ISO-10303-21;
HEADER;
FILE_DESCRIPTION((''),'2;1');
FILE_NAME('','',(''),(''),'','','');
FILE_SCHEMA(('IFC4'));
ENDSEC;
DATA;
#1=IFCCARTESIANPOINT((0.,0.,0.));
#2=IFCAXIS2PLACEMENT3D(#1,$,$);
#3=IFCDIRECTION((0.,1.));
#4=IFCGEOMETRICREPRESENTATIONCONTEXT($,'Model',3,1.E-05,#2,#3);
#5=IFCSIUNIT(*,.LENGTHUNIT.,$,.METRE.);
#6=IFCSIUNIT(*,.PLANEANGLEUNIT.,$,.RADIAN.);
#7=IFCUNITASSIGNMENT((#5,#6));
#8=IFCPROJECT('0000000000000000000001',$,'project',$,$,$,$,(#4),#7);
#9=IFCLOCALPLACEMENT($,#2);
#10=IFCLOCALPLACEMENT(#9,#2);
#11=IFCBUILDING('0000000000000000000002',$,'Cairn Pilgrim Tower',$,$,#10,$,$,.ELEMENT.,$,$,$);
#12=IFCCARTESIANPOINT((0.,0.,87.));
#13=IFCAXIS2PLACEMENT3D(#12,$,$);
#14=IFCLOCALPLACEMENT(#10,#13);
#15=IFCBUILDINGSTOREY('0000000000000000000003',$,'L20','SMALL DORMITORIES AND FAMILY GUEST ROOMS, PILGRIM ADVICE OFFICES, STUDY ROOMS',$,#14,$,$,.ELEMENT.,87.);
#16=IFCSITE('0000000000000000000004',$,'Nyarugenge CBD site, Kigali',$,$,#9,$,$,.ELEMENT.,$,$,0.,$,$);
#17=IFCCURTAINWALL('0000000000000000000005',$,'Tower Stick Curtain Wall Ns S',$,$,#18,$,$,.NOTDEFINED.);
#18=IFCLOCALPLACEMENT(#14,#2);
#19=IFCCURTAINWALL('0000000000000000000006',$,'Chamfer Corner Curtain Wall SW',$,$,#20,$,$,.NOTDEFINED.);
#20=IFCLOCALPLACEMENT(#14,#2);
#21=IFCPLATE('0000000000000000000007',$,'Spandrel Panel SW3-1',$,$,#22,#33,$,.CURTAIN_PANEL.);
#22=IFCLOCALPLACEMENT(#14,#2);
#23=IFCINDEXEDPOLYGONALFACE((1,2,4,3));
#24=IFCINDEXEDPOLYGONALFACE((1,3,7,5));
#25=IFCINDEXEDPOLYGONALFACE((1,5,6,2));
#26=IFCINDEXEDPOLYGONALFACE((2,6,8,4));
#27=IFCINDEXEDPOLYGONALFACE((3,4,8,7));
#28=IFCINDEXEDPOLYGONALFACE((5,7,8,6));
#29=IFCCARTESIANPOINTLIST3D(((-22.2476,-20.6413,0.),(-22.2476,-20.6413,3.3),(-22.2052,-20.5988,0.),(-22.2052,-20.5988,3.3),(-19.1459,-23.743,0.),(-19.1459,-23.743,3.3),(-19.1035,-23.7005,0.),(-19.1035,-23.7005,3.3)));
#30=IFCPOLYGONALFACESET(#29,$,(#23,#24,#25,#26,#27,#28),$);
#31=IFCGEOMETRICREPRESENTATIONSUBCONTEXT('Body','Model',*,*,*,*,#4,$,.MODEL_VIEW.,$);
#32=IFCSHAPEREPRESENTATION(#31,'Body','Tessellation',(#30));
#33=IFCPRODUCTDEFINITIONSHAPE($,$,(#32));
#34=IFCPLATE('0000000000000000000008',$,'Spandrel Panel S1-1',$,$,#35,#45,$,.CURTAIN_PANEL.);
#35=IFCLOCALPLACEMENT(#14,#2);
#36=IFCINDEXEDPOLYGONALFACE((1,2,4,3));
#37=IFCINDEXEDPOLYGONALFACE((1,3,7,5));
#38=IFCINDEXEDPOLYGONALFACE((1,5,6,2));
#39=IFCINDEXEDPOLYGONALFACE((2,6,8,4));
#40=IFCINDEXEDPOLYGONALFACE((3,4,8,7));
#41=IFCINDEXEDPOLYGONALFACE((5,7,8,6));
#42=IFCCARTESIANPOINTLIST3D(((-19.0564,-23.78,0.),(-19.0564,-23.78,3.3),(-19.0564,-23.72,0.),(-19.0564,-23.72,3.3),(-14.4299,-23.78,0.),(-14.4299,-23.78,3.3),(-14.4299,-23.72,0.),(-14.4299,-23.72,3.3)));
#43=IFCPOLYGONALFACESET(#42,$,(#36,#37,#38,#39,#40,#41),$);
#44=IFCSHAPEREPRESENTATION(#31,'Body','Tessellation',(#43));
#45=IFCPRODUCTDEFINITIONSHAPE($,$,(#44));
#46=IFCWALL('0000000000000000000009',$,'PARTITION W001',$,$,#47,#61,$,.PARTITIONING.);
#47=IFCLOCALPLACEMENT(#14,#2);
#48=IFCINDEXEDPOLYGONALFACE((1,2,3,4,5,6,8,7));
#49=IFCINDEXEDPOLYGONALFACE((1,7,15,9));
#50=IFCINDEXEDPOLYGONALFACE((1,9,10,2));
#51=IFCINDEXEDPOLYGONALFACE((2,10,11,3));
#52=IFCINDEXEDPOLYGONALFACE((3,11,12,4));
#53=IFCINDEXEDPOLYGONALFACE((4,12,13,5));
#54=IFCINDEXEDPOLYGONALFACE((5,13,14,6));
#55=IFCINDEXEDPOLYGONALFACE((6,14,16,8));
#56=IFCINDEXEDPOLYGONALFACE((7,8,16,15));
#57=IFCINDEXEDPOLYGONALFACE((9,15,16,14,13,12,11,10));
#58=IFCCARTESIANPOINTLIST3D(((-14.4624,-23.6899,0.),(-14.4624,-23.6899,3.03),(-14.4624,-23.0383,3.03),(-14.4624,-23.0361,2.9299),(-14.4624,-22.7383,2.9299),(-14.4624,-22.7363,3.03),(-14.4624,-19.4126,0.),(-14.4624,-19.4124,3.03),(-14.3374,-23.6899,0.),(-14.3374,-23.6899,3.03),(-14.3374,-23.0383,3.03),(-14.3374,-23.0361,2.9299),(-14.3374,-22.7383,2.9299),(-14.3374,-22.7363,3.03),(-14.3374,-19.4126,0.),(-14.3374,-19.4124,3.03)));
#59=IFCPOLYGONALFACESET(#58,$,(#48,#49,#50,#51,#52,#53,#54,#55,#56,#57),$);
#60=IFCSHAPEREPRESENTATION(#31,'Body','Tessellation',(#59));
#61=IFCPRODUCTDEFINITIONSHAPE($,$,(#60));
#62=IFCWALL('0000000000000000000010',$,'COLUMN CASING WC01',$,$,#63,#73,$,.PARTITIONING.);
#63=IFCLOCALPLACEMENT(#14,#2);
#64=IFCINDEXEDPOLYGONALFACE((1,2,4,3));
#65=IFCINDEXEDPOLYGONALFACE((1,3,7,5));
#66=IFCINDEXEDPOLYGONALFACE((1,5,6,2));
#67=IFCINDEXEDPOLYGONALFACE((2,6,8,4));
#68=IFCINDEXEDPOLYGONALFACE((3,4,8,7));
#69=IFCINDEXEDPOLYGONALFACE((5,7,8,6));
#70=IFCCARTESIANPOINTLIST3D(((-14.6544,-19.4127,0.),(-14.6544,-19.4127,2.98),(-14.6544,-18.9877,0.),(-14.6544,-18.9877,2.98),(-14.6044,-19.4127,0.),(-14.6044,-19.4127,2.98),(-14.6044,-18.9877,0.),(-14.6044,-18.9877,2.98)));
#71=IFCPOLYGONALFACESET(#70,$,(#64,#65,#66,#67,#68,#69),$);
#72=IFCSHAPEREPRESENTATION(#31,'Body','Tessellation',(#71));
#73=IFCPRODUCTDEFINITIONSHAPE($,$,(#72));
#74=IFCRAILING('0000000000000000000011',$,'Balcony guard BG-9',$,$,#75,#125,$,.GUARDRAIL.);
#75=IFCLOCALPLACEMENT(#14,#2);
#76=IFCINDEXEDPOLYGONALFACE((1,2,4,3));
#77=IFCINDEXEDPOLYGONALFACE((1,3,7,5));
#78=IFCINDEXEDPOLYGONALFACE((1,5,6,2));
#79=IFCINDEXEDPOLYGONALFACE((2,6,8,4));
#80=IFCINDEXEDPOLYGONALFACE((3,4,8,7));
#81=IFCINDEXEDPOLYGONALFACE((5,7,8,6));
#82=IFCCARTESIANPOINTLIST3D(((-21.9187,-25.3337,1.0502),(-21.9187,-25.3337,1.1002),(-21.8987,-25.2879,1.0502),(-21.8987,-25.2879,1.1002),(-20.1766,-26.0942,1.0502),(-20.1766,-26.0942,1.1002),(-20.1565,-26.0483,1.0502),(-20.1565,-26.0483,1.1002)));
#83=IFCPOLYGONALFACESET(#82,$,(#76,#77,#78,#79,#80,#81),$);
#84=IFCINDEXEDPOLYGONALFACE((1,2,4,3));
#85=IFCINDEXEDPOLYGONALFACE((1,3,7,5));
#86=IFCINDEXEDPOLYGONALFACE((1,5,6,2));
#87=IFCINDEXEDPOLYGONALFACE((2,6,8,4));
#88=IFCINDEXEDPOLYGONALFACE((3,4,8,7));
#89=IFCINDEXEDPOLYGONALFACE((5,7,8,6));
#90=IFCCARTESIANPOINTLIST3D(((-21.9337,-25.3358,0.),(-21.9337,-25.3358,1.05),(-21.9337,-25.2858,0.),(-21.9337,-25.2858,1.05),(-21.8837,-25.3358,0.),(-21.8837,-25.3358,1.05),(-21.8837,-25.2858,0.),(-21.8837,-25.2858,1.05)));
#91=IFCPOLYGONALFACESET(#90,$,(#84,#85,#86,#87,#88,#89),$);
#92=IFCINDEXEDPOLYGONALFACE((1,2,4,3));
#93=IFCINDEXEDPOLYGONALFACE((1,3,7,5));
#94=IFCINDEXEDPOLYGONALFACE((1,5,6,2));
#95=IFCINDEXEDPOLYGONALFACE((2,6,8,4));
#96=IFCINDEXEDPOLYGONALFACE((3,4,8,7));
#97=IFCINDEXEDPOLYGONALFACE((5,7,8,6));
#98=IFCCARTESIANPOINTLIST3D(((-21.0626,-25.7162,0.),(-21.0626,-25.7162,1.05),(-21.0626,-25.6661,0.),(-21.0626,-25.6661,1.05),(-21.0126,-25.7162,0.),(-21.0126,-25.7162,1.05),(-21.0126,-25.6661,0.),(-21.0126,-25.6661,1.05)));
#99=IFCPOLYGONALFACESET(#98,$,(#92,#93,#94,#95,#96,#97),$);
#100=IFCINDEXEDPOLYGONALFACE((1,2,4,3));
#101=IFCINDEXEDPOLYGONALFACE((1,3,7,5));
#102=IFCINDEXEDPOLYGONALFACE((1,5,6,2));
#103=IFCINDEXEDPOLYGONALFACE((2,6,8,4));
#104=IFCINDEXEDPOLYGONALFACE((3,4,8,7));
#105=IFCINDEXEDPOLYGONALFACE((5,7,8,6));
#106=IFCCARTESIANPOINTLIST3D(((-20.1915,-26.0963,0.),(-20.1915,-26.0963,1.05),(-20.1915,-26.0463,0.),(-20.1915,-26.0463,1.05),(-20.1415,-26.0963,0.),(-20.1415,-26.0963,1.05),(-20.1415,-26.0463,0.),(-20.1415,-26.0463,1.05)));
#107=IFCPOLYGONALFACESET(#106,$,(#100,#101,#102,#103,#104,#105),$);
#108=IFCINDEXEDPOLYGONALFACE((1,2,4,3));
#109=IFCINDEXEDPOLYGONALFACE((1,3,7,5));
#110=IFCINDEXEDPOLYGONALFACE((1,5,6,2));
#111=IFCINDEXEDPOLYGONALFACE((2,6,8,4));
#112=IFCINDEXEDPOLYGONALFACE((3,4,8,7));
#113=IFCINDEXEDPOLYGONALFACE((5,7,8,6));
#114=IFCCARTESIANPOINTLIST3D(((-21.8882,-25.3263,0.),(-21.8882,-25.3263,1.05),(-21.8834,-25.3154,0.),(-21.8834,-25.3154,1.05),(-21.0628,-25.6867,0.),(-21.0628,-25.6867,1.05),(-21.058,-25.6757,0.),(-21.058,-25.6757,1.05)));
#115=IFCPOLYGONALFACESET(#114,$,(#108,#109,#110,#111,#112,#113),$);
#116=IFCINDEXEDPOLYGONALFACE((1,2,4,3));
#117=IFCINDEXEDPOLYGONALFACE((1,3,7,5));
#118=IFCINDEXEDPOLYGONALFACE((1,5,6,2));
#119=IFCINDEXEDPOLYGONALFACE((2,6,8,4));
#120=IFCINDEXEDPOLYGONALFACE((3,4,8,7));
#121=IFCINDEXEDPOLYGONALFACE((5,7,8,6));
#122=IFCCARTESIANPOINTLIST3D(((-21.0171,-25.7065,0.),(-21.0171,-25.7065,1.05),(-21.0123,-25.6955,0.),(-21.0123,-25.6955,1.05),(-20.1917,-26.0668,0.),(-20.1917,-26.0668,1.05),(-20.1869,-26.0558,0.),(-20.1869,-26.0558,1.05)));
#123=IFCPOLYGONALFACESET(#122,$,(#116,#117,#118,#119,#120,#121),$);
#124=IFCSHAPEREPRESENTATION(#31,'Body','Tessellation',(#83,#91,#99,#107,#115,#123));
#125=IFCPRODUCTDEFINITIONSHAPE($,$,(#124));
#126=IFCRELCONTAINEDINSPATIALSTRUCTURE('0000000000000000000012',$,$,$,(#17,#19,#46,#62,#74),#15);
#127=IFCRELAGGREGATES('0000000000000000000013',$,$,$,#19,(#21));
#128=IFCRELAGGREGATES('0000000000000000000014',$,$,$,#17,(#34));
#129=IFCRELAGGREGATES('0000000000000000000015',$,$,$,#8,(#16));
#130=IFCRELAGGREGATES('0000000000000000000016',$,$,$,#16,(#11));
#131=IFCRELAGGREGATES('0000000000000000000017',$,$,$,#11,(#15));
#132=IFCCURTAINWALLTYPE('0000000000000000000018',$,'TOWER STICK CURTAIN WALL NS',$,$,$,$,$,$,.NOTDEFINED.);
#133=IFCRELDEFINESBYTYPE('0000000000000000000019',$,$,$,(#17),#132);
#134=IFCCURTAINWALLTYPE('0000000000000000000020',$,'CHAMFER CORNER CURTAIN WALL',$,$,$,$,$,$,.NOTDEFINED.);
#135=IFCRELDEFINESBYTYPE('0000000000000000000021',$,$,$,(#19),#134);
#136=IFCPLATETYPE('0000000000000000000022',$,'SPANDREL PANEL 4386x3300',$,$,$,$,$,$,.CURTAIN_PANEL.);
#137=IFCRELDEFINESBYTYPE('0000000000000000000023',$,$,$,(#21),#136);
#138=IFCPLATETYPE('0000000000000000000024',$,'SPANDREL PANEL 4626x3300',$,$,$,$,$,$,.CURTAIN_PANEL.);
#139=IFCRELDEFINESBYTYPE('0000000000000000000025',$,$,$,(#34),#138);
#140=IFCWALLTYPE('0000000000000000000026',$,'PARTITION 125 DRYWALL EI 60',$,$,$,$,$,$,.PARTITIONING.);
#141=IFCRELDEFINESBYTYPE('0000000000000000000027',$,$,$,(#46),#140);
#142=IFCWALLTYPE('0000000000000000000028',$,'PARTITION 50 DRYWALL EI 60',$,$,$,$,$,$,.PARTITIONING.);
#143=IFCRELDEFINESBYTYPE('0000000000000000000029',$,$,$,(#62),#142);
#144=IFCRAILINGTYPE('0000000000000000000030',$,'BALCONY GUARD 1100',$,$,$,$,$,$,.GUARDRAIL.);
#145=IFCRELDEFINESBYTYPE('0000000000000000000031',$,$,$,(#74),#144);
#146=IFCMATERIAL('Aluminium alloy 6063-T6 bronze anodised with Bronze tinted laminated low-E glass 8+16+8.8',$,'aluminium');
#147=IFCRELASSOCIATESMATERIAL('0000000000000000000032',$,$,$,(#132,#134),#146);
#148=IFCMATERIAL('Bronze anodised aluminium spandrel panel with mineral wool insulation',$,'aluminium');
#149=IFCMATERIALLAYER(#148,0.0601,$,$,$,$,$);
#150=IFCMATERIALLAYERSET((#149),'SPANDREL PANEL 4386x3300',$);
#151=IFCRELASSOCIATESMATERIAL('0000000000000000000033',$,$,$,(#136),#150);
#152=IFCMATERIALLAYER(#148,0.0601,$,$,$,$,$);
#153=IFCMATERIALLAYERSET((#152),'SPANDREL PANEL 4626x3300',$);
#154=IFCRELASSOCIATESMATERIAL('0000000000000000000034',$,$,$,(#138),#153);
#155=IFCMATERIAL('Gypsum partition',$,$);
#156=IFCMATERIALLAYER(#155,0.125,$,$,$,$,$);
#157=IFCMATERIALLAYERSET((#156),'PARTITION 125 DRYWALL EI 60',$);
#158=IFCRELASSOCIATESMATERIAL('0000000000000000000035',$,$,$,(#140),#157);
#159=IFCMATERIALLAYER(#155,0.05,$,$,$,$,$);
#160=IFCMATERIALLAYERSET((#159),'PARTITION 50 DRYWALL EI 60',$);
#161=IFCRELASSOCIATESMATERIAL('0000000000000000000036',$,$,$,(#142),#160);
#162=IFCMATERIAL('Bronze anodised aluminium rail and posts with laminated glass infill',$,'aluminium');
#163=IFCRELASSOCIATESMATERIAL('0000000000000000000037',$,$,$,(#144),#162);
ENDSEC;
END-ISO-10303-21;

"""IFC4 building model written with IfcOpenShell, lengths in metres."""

from ifc_helpers import new_model, si_unit, direction, frame, frame_2d, origin, origin_2d, place, context, subcontext, project, spatial, polyline, rectangle, outline, extrude, material, layer, layer_set, type_object, element, aggregate, save


model = new_model("IFC4")

# Units and contexts
model_context = context("Model", 3, precision=1e-05, world=origin(), true_north=direction((0.0, 1.0)))
body_context = subcontext(model_context, "Body", "Model", "MODEL_VIEW")
ifc_project = project(units=[si_unit("LENGTHUNIT", "METRE"), si_unit("PLANEANGLEUNIT", "RADIAN")], contexts=[model_context])

# Site, building, storey
site_placement = place(None, origin())
site = spatial("IfcSite", under=ifc_project, at=site_placement, Name="Nyarugenge CBD site, Kigali", CompositionType="ELEMENT", RefElevation=0.0)
building_placement = place(site_placement, origin())
building = spatial("IfcBuilding", under=site, at=building_placement, Name="Cairn Pilgrim Tower", CompositionType="ELEMENT")
storey_placement = place(building_placement, frame((0.0, 0.0, 87.0)))
storey = spatial("IfcBuildingStorey", under=building, at=storey_placement, Name="L20", Description="SMALL DORMITORIES AND FAMILY GUEST ROOMS, PILGRIM ADVICE OFFICES, STUDY ROOMS", CompositionType="ELEMENT", Elevation=87.0)

# Curtain wall
ifc_material_1 = material(Name="Aluminium alloy 6063-T6 bronze anodised with Bronze tinted laminated low-E glass 8+16+8.8", Category="aluminium")
curtain_wall_type_1 = type_object("IfcCurtainWallType", Name="TOWER STICK CURTAIN WALL NS", PredefinedType="NOTDEFINED", material=ifc_material_1)
curtain_wall_1_placement = place(storey_placement, origin())
curtain_wall_1 = element("IfcCurtainWall", 1, at=curtain_wall_1_placement, inside=storey, type_object=curtain_wall_type_1, Name="Tower Stick Curtain Wall Ns S", PredefinedType="NOTDEFINED")

# Curtain wall, plate
curtain_wall_type_2 = type_object("IfcCurtainWallType", Name="CHAMFER CORNER CURTAIN WALL", PredefinedType="NOTDEFINED", material=ifc_material_1)
curtain_wall_2_placement = place(storey_placement, origin())
curtain_wall_2 = element("IfcCurtainWall", 2, at=curtain_wall_2_placement, inside=storey, type_object=curtain_wall_type_2, Name="Chamfer Corner Curtain Wall SW", PredefinedType="NOTDEFINED")
ifc_material_2 = material(Name="Bronze anodised aluminium spandrel panel with mineral wool insulation", Category="aluminium")
ifc_layer_1 = layer(ifc_material_2, 0.0601)
ifc_layer_set_1 = layer_set([ifc_layer_1], Name="SPANDREL PANEL 4386x3300")
plate_type_1 = type_object("IfcPlateType", Name="SPANDREL PANEL 4386x3300", PredefinedType="CURTAIN_PANEL", material=ifc_layer_set_1)
plate_1_placement = place(storey_placement, frame((-20.6755, -22.1709, 0.0), z_axis=(0.0, 0.0, 1.0), x_axis=(0.707107, -0.707107, 0.0)))
plate_1 = element("IfcPlate", 3, at=plate_1_placement, type_object=plate_type_1, Name="Spandrel Panel SW3-1", PredefinedType="CURTAIN_PANEL", context=body_context, shape_type="SweptSolid", body=[
    extrude(rectangle(XDim=4.3865, YDim=0.0601, at=origin_2d()), origin(), (0.0, 0.0, 1.0), 3.3),
])
aggregate(curtain_wall_2, [plate_1])

# Plate
ifc_layer_2 = layer(ifc_material_2, 0.0601)
ifc_layer_set_2 = layer_set([ifc_layer_2], Name="SPANDREL PANEL 4626x3300")
plate_type_2 = type_object("IfcPlateType", Name="SPANDREL PANEL 4626x3300", PredefinedType="CURTAIN_PANEL", material=ifc_layer_set_2)
plate_2_placement = place(storey_placement, frame((-16.7432, -23.75, 0.0), z_axis=(0.0, 0.0, 1.0), x_axis=(1.0, 0.0, 0.0)))
plate_2 = element("IfcPlate", 4, at=plate_2_placement, type_object=plate_type_2, Name="Spandrel Panel S1-1", PredefinedType="CURTAIN_PANEL", context=body_context, shape_type="SweptSolid", body=[
    extrude(rectangle(XDim=4.6265, YDim=0.0601, at=origin_2d()), origin(), (0.0, 0.0, 1.0), 3.3),
])
aggregate(curtain_wall_1, [plate_2])

# Walls
ifc_material_3 = material(Name="Gypsum partition")
ifc_layer_3 = layer(ifc_material_3, 0.125)
ifc_layer_set_3 = layer_set([ifc_layer_3], Name="PARTITION 125 DRYWALL EI 60")
wall_type_1 = type_object("IfcWallType", Name="PARTITION 125 DRYWALL EI 60", PredefinedType="PARTITIONING", material=ifc_layer_set_3)
wall_1_placement = place(storey_placement, frame((-14.3999, -23.6899, 0.0), z_axis=(0.0, 0.0, 1.0), x_axis=(0.0, 1.0, 0.0)))
element("IfcWall", 5, at=wall_1_placement, inside=storey, type_object=wall_type_1, Name="PARTITION W001", PredefinedType="PARTITIONING", context=body_context, shape_type="SweptSolid", body=[
    extrude(outline(polyline([(0.0, 0.0), (4.2773, 0.0), (4.2776, 3.03), (0.9536, 3.03), (0.9517, 2.9299), (0.6538, 2.9299), (0.6516, 3.03), (0.0, 3.03), (0.0, 0.0)])), frame((0.0, 0.0625, 0.0), z_axis=(0.0, -1.0, 0.0), x_axis=(1.0, 0.0, 0.0)), (0.0, 0.0, 1.0), 0.125),
])
ifc_layer_4 = layer(ifc_material_3, 0.05)
ifc_layer_set_4 = layer_set([ifc_layer_4], Name="PARTITION 50 DRYWALL EI 60")
wall_type_2 = type_object("IfcWallType", Name="PARTITION 50 DRYWALL EI 60", PredefinedType="PARTITIONING", material=ifc_layer_set_4)
wall_2_placement = place(storey_placement, frame((-14.6294, -19.4126, 0.0), z_axis=(0.0, 0.0, 1.0), x_axis=(0.0, 1.0, 0.0)))
element("IfcWall", 6, at=wall_2_placement, inside=storey, type_object=wall_type_2, Name="COLUMN CASING WC01", PredefinedType="PARTITIONING", context=body_context, shape_type="SweptSolid", body=[
    extrude(rectangle(XDim=0.425, YDim=0.05, at=frame_2d((0.2124, 0.0))), origin(), (0.0, 0.0, 1.0), 2.98),
])

# Railing
ifc_material_4 = material(Name="Bronze anodised aluminium rail and posts with laminated glass infill", Category="aluminium")
railing_type_1 = type_object("IfcRailingType", Name="BALCONY GUARD 1100", PredefinedType="GUARDRAIL", material=ifc_material_4)
railing_1_placement = place(storey_placement, frame((-21.9087, -25.3108, 0.0)))
element("IfcRailing", 7, at=railing_1_placement, inside=storey, type_object=railing_type_1, Name="Balcony guard BG-9", PredefinedType="GUARDRAIL", context=body_context, shape_type="SweptSolid", body=[
    extrude(rectangle(XDim=0.05, YDim=0.05, at=origin_2d()), frame((0.0, 0.0, 1.0752), z_axis=(0.916487, -0.400064, 0.0), x_axis=(0.400064, 0.916487, 0.0)), (0.0, 0.0, 1.0), 1.9009),
    extrude(rectangle(XDim=0.05, YDim=0.05, at=origin_2d()), origin(), (0.0, 0.0, 1.0), 1.05),
    extrude(rectangle(XDim=0.05, YDim=0.05, at=origin_2d()), frame((0.8711, -0.3804, 0.0)), (0.0, 0.0, 1.0), 1.05),
    extrude(rectangle(XDim=0.05, YDim=0.05, at=origin_2d()), frame((1.7422, -0.7605, 0.0)), (0.0, 0.0, 1.0), 1.05),
    extrude(outline(polyline([(0.0249, 0.0), (0.9255, 0.0), (0.9255, 1.05), (0.0249, 1.05), (0.0249, 0.0)])), frame((0.0024, 0.0054, 0.0), z_axis=(-0.400064, -0.916487, 0.0), x_axis=(0.916487, -0.400064, 0.0)), (0.0, 0.0, 1.0), 0.012),
    extrude(outline(polyline([(0.0249, 0.0), (0.9255, 0.0), (0.9255, 1.05), (0.0249, 1.05), (0.0249, 0.0)])), frame((0.8735, -0.3748, 0.0), z_axis=(-0.400064, -0.916487, 0.0), x_axis=(0.916487, -0.400064, 0.0)), (0.0, 0.0, 1.0), 0.012),
])

save(model, "model.ifc")
